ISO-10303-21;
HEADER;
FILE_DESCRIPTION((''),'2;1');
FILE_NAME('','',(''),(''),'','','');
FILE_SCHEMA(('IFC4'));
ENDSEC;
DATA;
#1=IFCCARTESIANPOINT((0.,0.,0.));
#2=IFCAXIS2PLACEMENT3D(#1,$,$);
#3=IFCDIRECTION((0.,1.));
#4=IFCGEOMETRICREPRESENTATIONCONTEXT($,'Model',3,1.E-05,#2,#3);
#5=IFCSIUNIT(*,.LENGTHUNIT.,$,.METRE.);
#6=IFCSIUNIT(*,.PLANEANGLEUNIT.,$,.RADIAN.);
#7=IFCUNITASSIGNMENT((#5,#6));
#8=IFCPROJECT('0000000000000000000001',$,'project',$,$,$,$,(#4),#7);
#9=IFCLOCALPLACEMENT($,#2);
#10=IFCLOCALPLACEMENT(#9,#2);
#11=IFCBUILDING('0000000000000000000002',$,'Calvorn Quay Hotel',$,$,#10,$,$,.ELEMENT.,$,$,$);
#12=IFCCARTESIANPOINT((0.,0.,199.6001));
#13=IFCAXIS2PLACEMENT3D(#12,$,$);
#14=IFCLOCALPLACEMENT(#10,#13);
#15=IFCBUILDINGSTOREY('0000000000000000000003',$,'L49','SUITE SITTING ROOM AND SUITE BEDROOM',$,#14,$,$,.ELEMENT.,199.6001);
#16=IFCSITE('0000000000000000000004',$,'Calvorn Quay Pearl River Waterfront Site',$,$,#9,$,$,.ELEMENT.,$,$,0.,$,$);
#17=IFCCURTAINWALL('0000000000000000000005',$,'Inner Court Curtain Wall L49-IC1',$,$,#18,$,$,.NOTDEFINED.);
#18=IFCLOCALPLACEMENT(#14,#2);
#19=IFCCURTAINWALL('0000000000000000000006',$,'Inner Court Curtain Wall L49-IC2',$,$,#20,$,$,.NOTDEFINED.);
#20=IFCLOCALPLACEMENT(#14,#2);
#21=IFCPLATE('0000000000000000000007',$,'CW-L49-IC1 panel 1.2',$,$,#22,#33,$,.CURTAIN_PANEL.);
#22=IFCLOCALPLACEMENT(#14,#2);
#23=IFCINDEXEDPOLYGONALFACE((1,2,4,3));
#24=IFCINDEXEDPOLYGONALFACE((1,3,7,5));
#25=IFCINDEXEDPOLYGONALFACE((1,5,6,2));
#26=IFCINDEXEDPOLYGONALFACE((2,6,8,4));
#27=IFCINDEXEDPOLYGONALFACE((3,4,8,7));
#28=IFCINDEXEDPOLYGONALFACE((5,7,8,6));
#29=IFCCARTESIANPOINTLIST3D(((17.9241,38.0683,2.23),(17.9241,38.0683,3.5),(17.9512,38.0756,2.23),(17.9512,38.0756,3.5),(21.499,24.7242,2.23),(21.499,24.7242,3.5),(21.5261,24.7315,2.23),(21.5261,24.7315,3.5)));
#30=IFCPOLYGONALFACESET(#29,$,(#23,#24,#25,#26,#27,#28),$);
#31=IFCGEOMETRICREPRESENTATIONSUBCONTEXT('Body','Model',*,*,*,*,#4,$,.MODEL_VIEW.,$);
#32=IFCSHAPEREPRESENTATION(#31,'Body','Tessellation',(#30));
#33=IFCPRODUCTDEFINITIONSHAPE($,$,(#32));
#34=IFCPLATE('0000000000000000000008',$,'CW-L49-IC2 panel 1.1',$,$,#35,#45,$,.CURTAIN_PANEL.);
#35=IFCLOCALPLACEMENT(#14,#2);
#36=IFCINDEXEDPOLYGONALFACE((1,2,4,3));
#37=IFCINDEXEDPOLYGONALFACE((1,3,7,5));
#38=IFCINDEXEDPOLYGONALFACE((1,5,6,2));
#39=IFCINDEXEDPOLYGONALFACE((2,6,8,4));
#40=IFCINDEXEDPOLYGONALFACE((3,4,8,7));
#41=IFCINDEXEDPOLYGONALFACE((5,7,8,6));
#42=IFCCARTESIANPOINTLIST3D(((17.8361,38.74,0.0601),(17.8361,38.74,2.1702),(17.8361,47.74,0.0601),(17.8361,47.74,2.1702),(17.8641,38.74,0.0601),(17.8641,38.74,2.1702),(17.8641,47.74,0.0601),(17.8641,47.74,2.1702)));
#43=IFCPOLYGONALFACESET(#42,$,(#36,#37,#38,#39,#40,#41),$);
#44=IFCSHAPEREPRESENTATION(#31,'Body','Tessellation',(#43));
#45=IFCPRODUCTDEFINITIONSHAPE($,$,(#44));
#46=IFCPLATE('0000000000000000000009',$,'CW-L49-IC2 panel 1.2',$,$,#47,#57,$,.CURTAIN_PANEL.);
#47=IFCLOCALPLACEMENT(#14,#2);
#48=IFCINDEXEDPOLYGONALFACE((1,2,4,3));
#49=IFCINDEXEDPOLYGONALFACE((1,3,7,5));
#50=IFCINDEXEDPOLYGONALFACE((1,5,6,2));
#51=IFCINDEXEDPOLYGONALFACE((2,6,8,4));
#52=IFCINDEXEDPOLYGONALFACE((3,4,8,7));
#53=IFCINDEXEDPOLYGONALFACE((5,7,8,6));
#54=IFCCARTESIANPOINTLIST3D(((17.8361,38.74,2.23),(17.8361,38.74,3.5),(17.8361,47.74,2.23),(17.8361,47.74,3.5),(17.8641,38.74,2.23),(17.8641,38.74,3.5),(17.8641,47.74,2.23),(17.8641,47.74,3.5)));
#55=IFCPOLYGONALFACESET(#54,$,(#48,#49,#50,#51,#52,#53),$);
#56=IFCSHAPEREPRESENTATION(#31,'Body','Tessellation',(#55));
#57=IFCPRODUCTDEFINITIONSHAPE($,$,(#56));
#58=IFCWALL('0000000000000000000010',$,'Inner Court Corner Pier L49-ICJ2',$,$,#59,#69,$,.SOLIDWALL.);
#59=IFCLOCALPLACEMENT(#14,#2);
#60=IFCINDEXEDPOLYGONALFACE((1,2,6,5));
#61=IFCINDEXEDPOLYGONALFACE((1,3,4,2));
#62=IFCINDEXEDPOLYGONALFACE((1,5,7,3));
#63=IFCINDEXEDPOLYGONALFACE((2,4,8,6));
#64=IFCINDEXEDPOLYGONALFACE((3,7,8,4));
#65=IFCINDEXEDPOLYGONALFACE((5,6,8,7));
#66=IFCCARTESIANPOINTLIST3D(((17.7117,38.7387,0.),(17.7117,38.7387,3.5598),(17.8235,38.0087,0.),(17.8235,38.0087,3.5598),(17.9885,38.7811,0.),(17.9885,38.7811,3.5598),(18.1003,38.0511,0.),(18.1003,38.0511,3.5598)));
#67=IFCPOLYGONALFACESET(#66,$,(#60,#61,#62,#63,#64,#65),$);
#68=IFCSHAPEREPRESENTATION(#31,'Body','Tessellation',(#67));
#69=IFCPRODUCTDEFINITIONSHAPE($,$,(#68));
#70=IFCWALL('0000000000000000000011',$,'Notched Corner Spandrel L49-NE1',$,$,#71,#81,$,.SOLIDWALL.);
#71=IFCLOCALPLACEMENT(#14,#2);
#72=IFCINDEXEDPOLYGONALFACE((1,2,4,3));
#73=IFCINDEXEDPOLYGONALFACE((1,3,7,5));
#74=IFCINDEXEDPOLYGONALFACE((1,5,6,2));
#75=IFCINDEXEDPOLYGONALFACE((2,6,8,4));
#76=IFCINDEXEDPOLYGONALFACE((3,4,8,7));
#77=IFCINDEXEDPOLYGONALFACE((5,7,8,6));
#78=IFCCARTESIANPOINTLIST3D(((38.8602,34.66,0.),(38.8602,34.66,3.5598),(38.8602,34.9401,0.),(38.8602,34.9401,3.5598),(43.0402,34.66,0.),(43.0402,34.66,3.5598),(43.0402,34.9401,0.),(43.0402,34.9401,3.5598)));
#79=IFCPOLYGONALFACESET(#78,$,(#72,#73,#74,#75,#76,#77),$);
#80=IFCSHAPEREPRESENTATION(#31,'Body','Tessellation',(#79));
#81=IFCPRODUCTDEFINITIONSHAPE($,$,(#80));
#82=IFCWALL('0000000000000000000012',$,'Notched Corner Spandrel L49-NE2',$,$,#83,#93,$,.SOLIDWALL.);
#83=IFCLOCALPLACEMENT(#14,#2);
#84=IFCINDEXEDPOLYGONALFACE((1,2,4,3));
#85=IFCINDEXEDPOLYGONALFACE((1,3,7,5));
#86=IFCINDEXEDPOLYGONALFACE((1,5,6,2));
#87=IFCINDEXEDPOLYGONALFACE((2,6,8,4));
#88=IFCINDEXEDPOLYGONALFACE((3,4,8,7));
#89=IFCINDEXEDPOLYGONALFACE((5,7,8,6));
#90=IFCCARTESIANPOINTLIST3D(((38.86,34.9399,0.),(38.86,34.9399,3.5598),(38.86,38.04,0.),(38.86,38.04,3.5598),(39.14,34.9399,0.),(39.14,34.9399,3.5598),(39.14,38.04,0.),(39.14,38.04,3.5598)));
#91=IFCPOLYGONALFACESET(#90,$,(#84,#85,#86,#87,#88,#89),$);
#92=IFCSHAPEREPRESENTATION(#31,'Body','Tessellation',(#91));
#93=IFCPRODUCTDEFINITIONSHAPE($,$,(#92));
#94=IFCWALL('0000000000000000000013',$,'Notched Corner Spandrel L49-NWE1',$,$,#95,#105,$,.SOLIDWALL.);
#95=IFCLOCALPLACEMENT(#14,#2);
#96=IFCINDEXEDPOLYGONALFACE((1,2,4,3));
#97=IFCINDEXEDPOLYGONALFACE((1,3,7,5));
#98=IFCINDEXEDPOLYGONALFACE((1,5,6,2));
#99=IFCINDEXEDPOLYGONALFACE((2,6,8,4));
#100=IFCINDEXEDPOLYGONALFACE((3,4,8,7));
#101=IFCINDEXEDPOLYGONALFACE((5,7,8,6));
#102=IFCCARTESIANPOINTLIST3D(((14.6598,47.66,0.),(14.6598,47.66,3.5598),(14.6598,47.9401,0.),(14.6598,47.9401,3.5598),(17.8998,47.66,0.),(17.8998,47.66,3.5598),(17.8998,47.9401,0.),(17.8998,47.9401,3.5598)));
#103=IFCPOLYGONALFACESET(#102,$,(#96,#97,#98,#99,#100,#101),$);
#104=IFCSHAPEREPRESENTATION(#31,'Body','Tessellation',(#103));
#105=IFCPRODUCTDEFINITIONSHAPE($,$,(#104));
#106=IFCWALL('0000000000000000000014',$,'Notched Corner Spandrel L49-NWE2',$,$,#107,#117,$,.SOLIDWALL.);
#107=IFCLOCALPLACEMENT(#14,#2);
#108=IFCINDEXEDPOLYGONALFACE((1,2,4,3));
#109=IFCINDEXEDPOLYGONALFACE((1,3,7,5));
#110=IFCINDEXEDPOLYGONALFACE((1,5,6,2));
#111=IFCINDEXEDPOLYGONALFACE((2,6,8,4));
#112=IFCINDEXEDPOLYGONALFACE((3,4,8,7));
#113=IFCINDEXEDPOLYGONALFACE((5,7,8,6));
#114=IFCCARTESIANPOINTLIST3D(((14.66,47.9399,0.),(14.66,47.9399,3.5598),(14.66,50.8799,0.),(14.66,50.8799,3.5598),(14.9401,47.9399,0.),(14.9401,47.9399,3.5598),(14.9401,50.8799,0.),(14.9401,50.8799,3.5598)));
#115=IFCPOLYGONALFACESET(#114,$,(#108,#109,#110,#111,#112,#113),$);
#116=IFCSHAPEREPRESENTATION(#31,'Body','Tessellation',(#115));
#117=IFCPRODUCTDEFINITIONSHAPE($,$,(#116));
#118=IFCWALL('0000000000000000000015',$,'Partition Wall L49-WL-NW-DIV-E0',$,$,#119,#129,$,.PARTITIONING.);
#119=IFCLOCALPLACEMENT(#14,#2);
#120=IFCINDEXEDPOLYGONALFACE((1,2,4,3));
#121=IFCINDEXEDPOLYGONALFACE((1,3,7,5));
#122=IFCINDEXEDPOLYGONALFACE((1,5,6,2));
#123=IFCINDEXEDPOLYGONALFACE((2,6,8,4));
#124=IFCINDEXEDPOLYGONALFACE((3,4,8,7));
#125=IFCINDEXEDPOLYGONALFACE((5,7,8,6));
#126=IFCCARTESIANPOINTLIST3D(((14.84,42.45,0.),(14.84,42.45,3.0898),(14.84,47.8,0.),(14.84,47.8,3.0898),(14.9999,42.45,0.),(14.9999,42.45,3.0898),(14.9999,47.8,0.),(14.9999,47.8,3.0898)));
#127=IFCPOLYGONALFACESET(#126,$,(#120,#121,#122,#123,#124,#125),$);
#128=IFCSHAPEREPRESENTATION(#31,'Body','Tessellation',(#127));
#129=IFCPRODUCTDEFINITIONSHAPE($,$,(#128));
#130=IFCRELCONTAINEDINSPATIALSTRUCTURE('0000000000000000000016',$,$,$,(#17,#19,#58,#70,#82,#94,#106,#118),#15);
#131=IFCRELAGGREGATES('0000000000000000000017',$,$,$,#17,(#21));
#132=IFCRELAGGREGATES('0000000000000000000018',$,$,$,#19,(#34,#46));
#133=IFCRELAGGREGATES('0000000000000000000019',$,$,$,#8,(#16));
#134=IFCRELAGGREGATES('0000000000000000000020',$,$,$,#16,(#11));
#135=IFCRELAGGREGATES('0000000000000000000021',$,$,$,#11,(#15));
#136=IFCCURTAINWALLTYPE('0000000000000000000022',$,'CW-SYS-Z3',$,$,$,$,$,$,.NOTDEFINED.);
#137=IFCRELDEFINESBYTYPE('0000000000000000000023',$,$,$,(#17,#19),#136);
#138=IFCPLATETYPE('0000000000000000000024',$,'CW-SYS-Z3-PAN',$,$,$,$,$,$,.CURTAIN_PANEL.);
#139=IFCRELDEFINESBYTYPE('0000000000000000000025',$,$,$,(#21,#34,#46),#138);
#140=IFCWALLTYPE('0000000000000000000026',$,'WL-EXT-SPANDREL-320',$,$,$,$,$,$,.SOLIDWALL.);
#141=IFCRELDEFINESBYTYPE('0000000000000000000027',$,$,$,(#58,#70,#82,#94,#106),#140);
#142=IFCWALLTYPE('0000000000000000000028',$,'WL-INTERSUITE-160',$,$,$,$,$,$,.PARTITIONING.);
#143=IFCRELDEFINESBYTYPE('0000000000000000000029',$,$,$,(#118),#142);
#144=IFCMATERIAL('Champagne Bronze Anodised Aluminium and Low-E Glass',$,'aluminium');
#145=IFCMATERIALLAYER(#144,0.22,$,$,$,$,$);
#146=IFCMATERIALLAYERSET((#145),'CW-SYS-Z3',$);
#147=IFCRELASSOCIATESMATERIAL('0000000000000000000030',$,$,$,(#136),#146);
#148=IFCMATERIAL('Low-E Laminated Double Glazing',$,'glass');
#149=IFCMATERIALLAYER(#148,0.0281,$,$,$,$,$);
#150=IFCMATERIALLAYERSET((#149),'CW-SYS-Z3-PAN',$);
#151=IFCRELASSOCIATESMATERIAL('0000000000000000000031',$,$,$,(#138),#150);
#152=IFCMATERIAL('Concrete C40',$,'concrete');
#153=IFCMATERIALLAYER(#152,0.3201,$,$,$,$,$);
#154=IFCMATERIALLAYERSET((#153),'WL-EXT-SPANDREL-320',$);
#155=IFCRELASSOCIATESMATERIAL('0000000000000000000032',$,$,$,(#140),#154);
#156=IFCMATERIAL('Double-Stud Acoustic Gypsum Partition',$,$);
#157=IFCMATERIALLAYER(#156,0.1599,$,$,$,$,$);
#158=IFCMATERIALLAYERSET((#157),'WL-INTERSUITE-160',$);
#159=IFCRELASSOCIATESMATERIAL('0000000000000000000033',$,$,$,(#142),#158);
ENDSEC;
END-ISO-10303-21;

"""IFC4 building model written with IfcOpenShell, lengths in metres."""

from ifc_helpers import new_model, si_unit, direction, frame, frame_2d, origin, origin_2d, place, context, subcontext, project, spatial, rectangle, extrude, material, layer, layer_set, type_object, element, aggregate, save


model = new_model("IFC4")

# Units and contexts
model_context = context("Model", 3, precision=1e-05, world=origin(), true_north=direction((0.0, 1.0)))
body_context = subcontext(model_context, "Body", "Model", "MODEL_VIEW")
ifc_project = project(units=[si_unit("LENGTHUNIT", "METRE"), si_unit("PLANEANGLEUNIT", "RADIAN")], contexts=[model_context])

# Site, building, storey
site_placement = place(None, origin())
site = spatial("IfcSite", under=ifc_project, at=site_placement, Name="Calvorn Quay Pearl River Waterfront Site", CompositionType="ELEMENT", RefElevation=0.0)
building_placement = place(site_placement, origin())
building = spatial("IfcBuilding", under=site, at=building_placement, Name="Calvorn Quay Hotel", CompositionType="ELEMENT")
storey_placement = place(building_placement, frame((0.0, 0.0, 199.6001)))
storey = spatial("IfcBuildingStorey", under=building, at=storey_placement, Name="L49", Description="SUITE SITTING ROOM AND SUITE BEDROOM", CompositionType="ELEMENT", Elevation=199.6001)

# Shared definitions
ifc_material_1 = material(Name="Champagne Bronze Anodised Aluminium and Low-E Glass", Category="aluminium")
ifc_layer_1 = layer(ifc_material_1, 0.22)
ifc_layer_set_1 = layer_set([ifc_layer_1], Name="CW-SYS-Z3")
curtain_wall_type = type_object("IfcCurtainWallType", Name="CW-SYS-Z3", PredefinedType="NOTDEFINED", material=ifc_layer_set_1)

# Curtain wall
curtain_wall_1_placement = place(storey_placement, origin())
curtain_wall_1 = element("IfcCurtainWall", 1, at=curtain_wall_1_placement, inside=storey, type_object=curtain_wall_type, Name="Inner Court Curtain Wall L49-IC1", PredefinedType="NOTDEFINED")

# Curtain wall
curtain_wall_2_placement = place(storey_placement, origin())
curtain_wall_2 = element("IfcCurtainWall", 2, at=curtain_wall_2_placement, inside=storey, type_object=curtain_wall_type, Name="Inner Court Curtain Wall L49-IC2", PredefinedType="NOTDEFINED")

# Plates
ifc_material_2 = material(Name="Low-E Laminated Double Glazing", Category="glass")
ifc_layer_2 = layer(ifc_material_2, 0.0281)
ifc_layer_set_2 = layer_set([ifc_layer_2], Name="CW-SYS-Z3-PAN")
plate_type = type_object("IfcPlateType", Name="CW-SYS-Z3-PAN", PredefinedType="CURTAIN_PANEL", material=ifc_layer_set_2)
plate_1_placement = place(storey_placement, frame((19.7251, 31.3999, 2.23), z_axis=(0.0, 0.0, 1.0), x_axis=(-0.258779, 0.965937, 0.0)))
plate_1 = element("IfcPlate", 3, at=plate_1_placement, type_object=plate_type, Name="CW-L49-IC1 panel 1.2", PredefinedType="CURTAIN_PANEL", context=body_context, shape_type="SweptSolid", body=[
    extrude(rectangle(XDim=13.8147, YDim=0.0281, at=origin_2d()), origin(), (0.0, 0.0, 1.0), 1.27),
])
aggregate(curtain_wall_1, [plate_1])
plate_2_placement = place(storey_placement, frame((17.8501, 43.24, 0.0601), z_axis=(0.0, 0.0, 1.0), x_axis=(0.0, 1.0, 0.0)))
plate_2 = element("IfcPlate", 4, at=plate_2_placement, type_object=plate_type, Name="CW-L49-IC2 panel 1.1", PredefinedType="CURTAIN_PANEL", context=body_context, shape_type="SweptSolid", body=[
    extrude(rectangle(XDim=9.0, YDim=0.0281, at=origin_2d()), origin(), (0.0, 0.0, 1.0), 2.1101),
])
plate_3_placement = place(storey_placement, frame((17.8501, 43.24, 2.23), z_axis=(0.0, 0.0, 1.0), x_axis=(0.0, 1.0, 0.0)))
plate_3 = element("IfcPlate", 5, at=plate_3_placement, type_object=plate_type, Name="CW-L49-IC2 panel 1.2", PredefinedType="CURTAIN_PANEL", context=body_context, shape_type="SweptSolid", body=[
    extrude(rectangle(XDim=9.0, YDim=0.0281, at=origin_2d()), origin(), (0.0, 0.0, 1.0), 1.27),
])
aggregate(curtain_wall_2, [plate_2, plate_3])

# Walls
ifc_material_3 = material(Name="Concrete C40", Category="concrete")
ifc_layer_3 = layer(ifc_material_3, 0.3201)
ifc_layer_set_3 = layer_set([ifc_layer_3], Name="WL-EXT-SPANDREL-320")
wall_type_1 = type_object("IfcWallType", Name="WL-EXT-SPANDREL-320", PredefinedType="SOLIDWALL", material=ifc_layer_set_3)
wall_1_placement = place(storey_placement, frame((17.9619, 38.03, 0.0), z_axis=(0.0, 0.0, 1.0), x_axis=(-0.151411, 0.988471, 0.0)))
element("IfcWall", 6, at=wall_1_placement, inside=storey, type_object=wall_type_1, Name="Inner Court Corner Pier L49-ICJ2", PredefinedType="SOLIDWALL", context=body_context, shape_type="SweptSolid", body=[
    extrude(rectangle(XDim=0.7385, YDim=0.28, at=frame_2d((0.3691, 0.0))), origin(), (0.0, 0.0, 1.0), 3.5598),
])
wall_2_placement = place(storey_placement, frame((43.04, 34.8, 0.0), z_axis=(0.0, 0.0, 1.0), x_axis=(-1.0, 0.0, 0.0)))
element("IfcWall", 7, at=wall_2_placement, inside=storey, type_object=wall_type_1, Name="Notched Corner Spandrel L49-NE1", PredefinedType="SOLIDWALL", context=body_context, shape_type="SweptSolid", body=[
    extrude(rectangle(XDim=4.1799, YDim=0.28, at=frame_2d((2.0898, 0.0))), origin(), (0.0, 0.0, 1.0), 3.5598),
])
wall_3_placement = place(storey_placement, frame((39.0, 34.9399, 0.0), z_axis=(0.0, 0.0, 1.0), x_axis=(0.0, 1.0, 0.0)))
element("IfcWall", 8, at=wall_3_placement, inside=storey, type_object=wall_type_1, Name="Notched Corner Spandrel L49-NE2", PredefinedType="SOLIDWALL", context=body_context, shape_type="SweptSolid", body=[
    extrude(rectangle(XDim=3.1001, YDim=0.28, at=frame_2d((1.55, 0.0))), origin(), (0.0, 0.0, 1.0), 3.5598),
])
wall_4_placement = place(storey_placement, frame((17.8999, 47.8, 0.0), z_axis=(0.0, 0.0, 1.0), x_axis=(-1.0, 0.0, 0.0)))
element("IfcWall", 9, at=wall_4_placement, inside=storey, type_object=wall_type_1, Name="Notched Corner Spandrel L49-NWE1", PredefinedType="SOLIDWALL", context=body_context, shape_type="SweptSolid", body=[
    extrude(rectangle(XDim=3.24, YDim=0.28, at=frame_2d((1.6201, 0.0))), origin(), (0.0, 0.0, 1.0), 3.5598),
])
wall_5_placement = place(storey_placement, frame((14.8, 47.9399, 0.0), z_axis=(0.0, 0.0, 1.0), x_axis=(0.0, 1.0, 0.0)))
element("IfcWall", 10, at=wall_5_placement, inside=storey, type_object=wall_type_1, Name="Notched Corner Spandrel L49-NWE2", PredefinedType="SOLIDWALL", context=body_context, shape_type="SweptSolid", body=[
    extrude(rectangle(XDim=2.9399, YDim=0.28, at=frame_2d((1.47, 0.0))), origin(), (0.0, 0.0, 1.0), 3.5598),
])
ifc_material_4 = material(Name="Double-Stud Acoustic Gypsum Partition")
ifc_layer_4 = layer(ifc_material_4, 0.1599)
ifc_layer_set_4 = layer_set([ifc_layer_4], Name="WL-INTERSUITE-160")
wall_type_2 = type_object("IfcWallType", Name="WL-INTERSUITE-160", PredefinedType="PARTITIONING", material=ifc_layer_set_4)
wall_6_placement = place(storey_placement, frame((14.9199, 42.45, 0.0), z_axis=(0.0, 0.0, 1.0), x_axis=(0.0, 1.0, 0.0)))
element("IfcWall", 11, at=wall_6_placement, inside=storey, type_object=wall_type_2, Name="Partition Wall L49-WL-NW-DIV-E0", PredefinedType="PARTITIONING", context=body_context, shape_type="SweptSolid", body=[
    extrude(rectangle(XDim=5.3501, YDim=0.1599, at=frame_2d((2.675, 0.0))), origin(), (0.0, 0.0, 1.0), 3.0898),
])

save(model, "model.ifc")
